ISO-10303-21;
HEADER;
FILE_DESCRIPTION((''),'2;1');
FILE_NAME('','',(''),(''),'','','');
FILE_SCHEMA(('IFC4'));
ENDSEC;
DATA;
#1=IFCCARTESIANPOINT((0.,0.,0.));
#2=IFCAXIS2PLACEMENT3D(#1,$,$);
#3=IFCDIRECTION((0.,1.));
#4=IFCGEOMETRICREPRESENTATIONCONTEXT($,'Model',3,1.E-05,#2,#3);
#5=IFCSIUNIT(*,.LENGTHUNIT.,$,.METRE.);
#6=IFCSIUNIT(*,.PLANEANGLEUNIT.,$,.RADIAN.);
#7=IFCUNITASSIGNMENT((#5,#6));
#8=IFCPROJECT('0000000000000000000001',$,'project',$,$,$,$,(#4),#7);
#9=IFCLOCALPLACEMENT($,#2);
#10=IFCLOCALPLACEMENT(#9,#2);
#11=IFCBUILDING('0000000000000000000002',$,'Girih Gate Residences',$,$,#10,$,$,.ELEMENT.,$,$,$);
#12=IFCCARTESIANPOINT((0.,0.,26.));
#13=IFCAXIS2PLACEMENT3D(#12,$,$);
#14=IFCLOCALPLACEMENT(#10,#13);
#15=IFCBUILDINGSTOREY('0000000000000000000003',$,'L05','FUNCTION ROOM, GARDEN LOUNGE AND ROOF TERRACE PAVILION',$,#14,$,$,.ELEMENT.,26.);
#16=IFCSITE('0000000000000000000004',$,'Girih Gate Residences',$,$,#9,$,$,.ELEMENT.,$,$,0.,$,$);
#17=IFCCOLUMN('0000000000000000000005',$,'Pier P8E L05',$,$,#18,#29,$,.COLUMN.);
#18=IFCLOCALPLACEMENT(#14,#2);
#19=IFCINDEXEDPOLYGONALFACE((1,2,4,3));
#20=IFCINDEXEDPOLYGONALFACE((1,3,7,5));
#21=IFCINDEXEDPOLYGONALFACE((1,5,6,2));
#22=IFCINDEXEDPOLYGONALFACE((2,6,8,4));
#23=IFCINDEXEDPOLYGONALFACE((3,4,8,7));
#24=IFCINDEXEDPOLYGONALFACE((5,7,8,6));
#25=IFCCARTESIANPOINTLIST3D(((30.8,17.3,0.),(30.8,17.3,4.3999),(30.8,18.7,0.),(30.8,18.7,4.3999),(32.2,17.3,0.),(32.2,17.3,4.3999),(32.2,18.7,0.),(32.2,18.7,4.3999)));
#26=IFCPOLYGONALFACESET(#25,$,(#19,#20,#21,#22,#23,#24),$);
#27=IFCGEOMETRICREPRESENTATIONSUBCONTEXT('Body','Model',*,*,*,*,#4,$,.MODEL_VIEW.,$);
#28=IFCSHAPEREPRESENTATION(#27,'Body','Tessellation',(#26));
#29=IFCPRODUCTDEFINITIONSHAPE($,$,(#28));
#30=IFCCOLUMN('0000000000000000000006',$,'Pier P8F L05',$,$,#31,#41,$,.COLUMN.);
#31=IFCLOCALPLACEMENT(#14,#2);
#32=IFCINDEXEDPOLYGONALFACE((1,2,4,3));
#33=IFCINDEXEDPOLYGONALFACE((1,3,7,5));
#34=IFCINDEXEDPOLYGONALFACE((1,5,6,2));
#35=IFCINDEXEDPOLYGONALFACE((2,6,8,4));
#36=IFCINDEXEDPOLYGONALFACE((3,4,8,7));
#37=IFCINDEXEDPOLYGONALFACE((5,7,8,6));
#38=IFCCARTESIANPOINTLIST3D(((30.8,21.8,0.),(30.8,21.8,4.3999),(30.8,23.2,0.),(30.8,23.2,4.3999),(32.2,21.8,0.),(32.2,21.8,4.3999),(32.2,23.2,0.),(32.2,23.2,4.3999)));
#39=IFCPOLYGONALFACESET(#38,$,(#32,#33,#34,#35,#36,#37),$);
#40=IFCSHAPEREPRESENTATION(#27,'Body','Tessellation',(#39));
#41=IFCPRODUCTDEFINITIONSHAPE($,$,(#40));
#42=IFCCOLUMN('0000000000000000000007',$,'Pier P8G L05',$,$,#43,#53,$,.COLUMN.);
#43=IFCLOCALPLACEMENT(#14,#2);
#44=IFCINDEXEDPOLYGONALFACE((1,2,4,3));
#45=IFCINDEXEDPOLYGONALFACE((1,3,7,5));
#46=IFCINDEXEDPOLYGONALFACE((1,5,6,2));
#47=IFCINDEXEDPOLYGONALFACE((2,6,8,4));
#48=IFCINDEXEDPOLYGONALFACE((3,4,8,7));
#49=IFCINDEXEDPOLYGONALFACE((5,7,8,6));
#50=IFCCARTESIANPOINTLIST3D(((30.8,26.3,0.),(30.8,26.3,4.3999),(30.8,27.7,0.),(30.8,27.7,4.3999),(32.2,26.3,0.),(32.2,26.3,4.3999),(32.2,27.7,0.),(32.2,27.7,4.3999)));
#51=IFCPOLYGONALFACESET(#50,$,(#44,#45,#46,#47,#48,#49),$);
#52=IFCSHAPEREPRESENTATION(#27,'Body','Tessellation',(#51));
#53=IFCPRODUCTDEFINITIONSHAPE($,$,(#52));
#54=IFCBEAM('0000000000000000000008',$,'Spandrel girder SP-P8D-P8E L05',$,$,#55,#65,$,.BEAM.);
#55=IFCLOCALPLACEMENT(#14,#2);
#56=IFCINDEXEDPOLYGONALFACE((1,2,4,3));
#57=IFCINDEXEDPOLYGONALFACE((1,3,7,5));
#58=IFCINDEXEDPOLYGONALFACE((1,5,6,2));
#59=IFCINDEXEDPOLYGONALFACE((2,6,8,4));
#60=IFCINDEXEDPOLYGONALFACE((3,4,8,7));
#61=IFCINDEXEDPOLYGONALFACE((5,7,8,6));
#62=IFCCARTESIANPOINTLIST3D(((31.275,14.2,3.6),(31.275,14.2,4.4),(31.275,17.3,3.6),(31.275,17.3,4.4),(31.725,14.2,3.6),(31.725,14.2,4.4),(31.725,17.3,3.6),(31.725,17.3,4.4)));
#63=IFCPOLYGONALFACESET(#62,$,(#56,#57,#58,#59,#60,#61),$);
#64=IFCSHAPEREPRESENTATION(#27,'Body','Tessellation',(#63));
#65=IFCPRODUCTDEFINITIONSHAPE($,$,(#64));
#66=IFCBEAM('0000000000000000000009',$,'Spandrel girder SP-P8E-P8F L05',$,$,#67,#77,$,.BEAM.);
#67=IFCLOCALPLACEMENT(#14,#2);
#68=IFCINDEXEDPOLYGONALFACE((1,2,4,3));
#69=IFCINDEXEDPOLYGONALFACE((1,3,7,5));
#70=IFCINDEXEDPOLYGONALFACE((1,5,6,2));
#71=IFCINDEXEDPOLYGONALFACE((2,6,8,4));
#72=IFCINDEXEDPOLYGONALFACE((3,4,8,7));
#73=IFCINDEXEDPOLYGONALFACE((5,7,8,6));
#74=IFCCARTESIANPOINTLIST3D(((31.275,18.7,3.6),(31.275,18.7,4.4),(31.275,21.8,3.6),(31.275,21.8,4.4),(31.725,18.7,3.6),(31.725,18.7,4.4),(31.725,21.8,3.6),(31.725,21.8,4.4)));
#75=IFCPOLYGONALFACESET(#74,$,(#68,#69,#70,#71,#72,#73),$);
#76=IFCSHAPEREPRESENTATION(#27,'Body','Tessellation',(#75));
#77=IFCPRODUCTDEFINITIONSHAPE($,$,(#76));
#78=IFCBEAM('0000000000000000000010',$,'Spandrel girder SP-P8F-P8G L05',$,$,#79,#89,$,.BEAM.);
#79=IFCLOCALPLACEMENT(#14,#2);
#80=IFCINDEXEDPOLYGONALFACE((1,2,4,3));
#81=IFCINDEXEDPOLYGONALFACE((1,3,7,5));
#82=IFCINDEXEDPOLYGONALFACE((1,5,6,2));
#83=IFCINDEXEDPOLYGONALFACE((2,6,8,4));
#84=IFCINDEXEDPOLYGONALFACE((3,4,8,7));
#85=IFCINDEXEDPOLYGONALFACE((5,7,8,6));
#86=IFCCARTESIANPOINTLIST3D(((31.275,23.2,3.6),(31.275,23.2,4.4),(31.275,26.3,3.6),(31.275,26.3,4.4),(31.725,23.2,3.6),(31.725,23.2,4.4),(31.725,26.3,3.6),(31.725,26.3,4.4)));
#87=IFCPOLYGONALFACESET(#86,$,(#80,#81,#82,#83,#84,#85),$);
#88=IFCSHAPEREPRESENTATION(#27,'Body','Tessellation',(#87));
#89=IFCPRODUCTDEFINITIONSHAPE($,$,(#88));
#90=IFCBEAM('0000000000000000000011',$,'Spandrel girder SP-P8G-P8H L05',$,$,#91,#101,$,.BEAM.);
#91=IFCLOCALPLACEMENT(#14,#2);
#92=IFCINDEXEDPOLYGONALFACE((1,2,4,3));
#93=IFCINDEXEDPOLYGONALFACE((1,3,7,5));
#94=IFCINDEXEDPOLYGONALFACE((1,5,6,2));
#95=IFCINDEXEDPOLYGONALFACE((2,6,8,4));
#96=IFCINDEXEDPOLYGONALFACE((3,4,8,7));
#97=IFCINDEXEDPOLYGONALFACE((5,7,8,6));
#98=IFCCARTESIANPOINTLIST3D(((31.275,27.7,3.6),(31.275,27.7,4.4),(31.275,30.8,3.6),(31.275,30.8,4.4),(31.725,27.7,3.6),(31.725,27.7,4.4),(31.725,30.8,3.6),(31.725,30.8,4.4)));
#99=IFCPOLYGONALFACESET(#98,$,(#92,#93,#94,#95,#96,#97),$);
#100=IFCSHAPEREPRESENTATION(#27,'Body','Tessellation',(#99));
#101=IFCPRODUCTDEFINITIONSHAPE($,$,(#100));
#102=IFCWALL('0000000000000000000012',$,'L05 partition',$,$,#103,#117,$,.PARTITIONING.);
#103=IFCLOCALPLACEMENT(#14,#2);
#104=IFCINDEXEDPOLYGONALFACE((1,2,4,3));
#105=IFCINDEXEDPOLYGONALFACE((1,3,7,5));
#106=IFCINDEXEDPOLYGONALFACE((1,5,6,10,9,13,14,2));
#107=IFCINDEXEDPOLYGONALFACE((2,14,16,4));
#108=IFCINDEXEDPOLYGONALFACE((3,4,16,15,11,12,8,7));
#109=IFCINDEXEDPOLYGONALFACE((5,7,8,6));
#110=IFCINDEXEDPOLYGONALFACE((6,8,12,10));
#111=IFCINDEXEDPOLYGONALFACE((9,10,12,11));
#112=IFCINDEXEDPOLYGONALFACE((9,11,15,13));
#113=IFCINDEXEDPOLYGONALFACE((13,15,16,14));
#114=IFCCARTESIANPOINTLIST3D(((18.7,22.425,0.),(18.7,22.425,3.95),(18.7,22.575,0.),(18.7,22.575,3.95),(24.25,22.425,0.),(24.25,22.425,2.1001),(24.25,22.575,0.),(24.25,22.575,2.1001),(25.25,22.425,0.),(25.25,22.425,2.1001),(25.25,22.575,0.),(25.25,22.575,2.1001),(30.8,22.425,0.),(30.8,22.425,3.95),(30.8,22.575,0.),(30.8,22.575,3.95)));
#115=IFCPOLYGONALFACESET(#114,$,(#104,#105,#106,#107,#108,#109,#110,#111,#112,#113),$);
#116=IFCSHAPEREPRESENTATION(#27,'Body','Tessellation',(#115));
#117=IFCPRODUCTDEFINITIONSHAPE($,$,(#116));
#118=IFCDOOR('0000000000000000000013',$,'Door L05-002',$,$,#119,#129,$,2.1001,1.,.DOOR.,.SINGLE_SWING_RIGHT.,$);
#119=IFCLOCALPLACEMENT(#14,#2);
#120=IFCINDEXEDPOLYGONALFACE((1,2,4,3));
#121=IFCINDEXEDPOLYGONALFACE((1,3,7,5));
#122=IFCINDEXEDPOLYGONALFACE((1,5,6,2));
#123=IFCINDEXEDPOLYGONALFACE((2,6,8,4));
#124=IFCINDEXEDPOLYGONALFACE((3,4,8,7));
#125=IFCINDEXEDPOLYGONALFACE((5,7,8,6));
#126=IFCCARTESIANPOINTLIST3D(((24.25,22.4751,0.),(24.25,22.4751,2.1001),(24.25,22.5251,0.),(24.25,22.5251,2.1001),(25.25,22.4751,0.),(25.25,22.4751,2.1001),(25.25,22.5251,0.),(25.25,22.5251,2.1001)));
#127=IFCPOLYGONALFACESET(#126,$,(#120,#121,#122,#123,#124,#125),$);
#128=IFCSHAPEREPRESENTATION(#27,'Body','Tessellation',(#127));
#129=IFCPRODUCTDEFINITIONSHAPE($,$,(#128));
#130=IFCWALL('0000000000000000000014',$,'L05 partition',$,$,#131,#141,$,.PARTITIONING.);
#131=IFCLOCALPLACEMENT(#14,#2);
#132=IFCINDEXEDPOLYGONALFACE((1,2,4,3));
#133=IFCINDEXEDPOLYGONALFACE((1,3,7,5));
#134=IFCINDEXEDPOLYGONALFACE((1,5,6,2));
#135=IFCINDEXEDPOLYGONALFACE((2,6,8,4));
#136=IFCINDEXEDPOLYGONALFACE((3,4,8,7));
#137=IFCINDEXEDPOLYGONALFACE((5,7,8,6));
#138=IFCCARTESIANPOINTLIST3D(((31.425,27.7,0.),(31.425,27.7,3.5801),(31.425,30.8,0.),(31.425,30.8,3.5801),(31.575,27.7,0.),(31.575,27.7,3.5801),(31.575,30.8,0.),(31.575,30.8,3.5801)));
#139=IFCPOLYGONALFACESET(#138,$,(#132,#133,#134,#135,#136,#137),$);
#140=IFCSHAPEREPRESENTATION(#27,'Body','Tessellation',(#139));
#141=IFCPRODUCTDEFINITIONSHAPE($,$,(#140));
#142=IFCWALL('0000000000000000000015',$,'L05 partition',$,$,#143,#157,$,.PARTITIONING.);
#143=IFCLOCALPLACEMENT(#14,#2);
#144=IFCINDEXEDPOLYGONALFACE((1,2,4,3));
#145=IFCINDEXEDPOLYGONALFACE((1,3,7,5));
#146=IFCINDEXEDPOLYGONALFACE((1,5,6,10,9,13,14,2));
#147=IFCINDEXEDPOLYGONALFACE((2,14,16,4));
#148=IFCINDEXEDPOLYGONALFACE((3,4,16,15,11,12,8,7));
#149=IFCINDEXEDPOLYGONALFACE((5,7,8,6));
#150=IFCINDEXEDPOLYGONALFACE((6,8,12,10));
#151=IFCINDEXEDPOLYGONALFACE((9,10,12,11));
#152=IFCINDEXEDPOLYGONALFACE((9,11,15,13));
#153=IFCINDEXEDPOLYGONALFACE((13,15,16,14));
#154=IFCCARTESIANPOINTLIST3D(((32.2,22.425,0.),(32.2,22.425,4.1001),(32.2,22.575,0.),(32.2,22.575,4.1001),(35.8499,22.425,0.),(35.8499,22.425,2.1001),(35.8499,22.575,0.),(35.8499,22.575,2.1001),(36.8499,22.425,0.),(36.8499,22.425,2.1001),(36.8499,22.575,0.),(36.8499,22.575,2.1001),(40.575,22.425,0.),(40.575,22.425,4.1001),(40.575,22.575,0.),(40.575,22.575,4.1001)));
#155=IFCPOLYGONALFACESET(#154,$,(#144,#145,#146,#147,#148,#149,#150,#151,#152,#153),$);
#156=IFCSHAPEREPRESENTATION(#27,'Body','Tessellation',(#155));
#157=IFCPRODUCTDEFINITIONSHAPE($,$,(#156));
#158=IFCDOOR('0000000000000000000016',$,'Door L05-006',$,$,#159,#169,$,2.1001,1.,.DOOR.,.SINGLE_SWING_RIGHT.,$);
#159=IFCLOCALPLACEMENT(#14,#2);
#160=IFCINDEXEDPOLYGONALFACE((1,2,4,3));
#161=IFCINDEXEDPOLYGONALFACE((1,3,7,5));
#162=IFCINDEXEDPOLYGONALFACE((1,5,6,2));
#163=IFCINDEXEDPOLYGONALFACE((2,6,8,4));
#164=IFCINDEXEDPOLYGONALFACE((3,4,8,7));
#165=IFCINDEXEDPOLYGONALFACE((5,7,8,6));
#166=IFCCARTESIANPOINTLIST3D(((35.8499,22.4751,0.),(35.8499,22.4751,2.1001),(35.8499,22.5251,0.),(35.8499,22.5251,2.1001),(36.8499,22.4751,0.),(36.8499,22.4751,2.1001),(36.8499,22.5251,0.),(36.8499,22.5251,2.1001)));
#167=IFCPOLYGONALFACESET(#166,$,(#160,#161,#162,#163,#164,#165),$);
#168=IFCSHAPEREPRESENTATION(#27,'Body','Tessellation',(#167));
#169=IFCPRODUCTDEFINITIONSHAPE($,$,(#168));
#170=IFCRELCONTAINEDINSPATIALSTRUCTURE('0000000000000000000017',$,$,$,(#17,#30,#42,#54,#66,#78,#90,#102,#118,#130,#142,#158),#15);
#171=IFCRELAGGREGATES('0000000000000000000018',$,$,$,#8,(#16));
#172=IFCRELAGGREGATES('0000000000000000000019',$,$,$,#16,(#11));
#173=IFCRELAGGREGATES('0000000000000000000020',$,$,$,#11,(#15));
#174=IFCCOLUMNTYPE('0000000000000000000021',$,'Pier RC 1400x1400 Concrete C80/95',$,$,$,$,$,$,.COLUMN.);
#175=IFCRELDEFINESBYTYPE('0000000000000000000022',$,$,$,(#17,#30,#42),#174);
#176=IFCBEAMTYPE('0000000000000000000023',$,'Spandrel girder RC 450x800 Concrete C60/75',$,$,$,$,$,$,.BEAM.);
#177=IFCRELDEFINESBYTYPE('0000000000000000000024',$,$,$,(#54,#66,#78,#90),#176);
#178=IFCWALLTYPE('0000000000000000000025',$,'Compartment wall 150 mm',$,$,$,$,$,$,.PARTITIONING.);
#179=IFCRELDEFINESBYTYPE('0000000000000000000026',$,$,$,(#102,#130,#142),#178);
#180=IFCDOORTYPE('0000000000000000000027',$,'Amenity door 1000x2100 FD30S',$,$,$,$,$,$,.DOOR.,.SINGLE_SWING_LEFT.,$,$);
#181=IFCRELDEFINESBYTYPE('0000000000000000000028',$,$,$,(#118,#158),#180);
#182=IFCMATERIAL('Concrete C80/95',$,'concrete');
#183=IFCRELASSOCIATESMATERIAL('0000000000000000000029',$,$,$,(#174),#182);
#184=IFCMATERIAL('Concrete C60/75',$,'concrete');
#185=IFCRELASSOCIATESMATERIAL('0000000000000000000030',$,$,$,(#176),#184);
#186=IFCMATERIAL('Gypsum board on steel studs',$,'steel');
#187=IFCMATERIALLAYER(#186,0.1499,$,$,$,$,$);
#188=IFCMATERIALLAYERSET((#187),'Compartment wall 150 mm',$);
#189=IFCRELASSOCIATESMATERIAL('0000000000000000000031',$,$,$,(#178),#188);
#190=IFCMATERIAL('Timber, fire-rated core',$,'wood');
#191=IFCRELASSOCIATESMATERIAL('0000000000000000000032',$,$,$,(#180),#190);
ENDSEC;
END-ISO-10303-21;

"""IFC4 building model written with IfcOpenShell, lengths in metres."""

from ifc_helpers import new_model, si_unit, direction, frame, frame_2d, origin, origin_2d, place, context, subcontext, project, spatial, rectangle, extrude, material, layer, layer_set, material_profile, profile_set, type_object, element, fill, save


model = new_model("IFC4")

# Units and contexts
model_context = context("Model", 3, precision=1e-05, world=origin(), true_north=direction((0.0, 1.0)))
body_context = subcontext(model_context, "Body", "Model", "MODEL_VIEW")
ifc_project = project(units=[si_unit("LENGTHUNIT", "METRE"), si_unit("PLANEANGLEUNIT", "RADIAN")], contexts=[model_context])

# Site, building, storey
site_placement = place(None, origin())
site = spatial("IfcSite", under=ifc_project, at=site_placement, Name="Girih Gate Residences", CompositionType="ELEMENT", RefElevation=0.0)
building_placement = place(site_placement, origin())
building = spatial("IfcBuilding", under=site, at=building_placement, Name="Girih Gate Residences", CompositionType="ELEMENT")
storey_placement = place(building_placement, frame((0.0, 0.0, 26.0)))
storey = spatial("IfcBuildingStorey", under=building, at=storey_placement, Name="L05", Description="FUNCTION ROOM, GARDEN LOUNGE AND ROOF TERRACE PAVILION", CompositionType="ELEMENT", Elevation=26.0)

# Columns
ifc_material_1 = material(Name="Concrete C80/95", Category="concrete")
ifc_material_profile_1 = material_profile(ifc_material_1, rectangle(XDim=1.3999, YDim=1.3999, at=origin_2d()))
ifc_profile_set_1 = profile_set([ifc_material_profile_1], Name="Concrete C80/95")
column_type = type_object("IfcColumnType", Name="Pier RC 1400x1400 Concrete C80/95", PredefinedType="COLUMN", material=ifc_profile_set_1)
for number, where, z_axis, x_axis, name in (
    (1, (31.5, 18.0, 0.0), (0.0, 0.0, 1.0), (1.0, 0.0, 0.0), "Pier P8E L05"),
    (2, (31.5, 22.5, 0.0), (0.0, 0.0, 1.0), (1.0, 0.0, 0.0), "Pier P8F L05"),
    (3, (31.5, 27.0, 0.0), (0.0, 0.0, 1.0), (1.0, 0.0, 0.0), "Pier P8G L05"),
):
    element("IfcColumn", number, at=place(storey_placement, frame(where, z_axis=z_axis, x_axis=x_axis)), inside=storey, type_object=column_type, Name=name, PredefinedType="COLUMN", context=body_context, shape_type="SweptSolid", body=[
        extrude(rectangle(XDim=1.3999, YDim=1.3999, at=origin_2d()), origin(), (0.0, 0.0, 1.0), 4.3999),
    ])

# Beams
ifc_material_2 = material(Name="Concrete C60/75", Category="concrete")
ifc_material_profile_2 = material_profile(ifc_material_2, rectangle(XDim=0.45, YDim=0.8, at=origin_2d()))
ifc_profile_set_2 = profile_set([ifc_material_profile_2], Name="Concrete C60/75")
beam_type = type_object("IfcBeamType", Name="Spandrel girder RC 450x800 Concrete C60/75", PredefinedType="BEAM", material=ifc_profile_set_2)
for number, where, z_axis, x_axis, name in (
    (4, (31.5, 14.2, 4.0), (0.0, 1.0, 0.0), (-1.0, 0.0, 0.0), "Spandrel girder SP-P8D-P8E L05"),
    (5, (31.5, 18.7, 4.0), (0.0, 1.0, 0.0), (-1.0, 0.0, 0.0), "Spandrel girder SP-P8E-P8F L05"),
    (6, (31.5, 23.2, 4.0), (0.0, 1.0, 0.0), (-1.0, 0.0, 0.0), "Spandrel girder SP-P8F-P8G L05"),
    (7, (31.5, 27.7, 4.0), (0.0, 1.0, 0.0), (-1.0, 0.0, 0.0), "Spandrel girder SP-P8G-P8H L05"),
):
    element("IfcBeam", number, at=place(storey_placement, frame(where, z_axis=z_axis, x_axis=x_axis)), inside=storey, type_object=beam_type, Name=name, PredefinedType="BEAM", context=body_context, shape_type="SweptSolid", body=[
        extrude(rectangle(XDim=0.45, YDim=0.8, at=origin_2d()), origin(), (0.0, 0.0, 1.0), 3.1001),
    ])

# Wall, opening, door
ifc_material_3 = material(Name="Gypsum board on steel studs", Category="steel")
ifc_layer_1 = layer(ifc_material_3, 0.1499)
ifc_layer_set_1 = layer_set([ifc_layer_1], Name="Compartment wall 150 mm")
wall_type_1 = type_object("IfcWallType", Name="Compartment wall 150 mm", PredefinedType="PARTITIONING", material=ifc_layer_set_1)
wall_1_placement = place(storey_placement, frame((30.8, 22.5, 0.0), z_axis=(0.0, 0.0, 1.0), x_axis=(-1.0, 0.0, 0.0)))
wall_1 = element("IfcWall", 8, at=wall_1_placement, inside=storey, type_object=wall_type_1, Name="L05 partition", PredefinedType="PARTITIONING", context=body_context, shape_type="SweptSolid", body=[
    extrude(rectangle(XDim=12.1001, YDim=0.1499, at=frame_2d((6.05, 0.0))), origin(), (0.0, 0.0, 1.0), 3.95),
])
opening_1_placement = place(wall_1_placement, frame((5.55, 0.0, 0.0)))
opening_1 = element("IfcOpeningElement", 9, at=opening_1_placement, cuts=wall_1, PredefinedType="OPENING", context=body_context, shape_type="SweptSolid", body=[
    extrude(rectangle(XDim=1.0, YDim=2.1001, at=frame_2d((0.5, 1.05))), frame((0.0, 0.085, 0.0), z_axis=(0.0, -1.0, 0.0), x_axis=(1.0, 0.0, 0.0)), (0.0, 0.0, 1.0), 0.1699),
])
ifc_material_4 = material(Name="Timber, fire-rated core", Category="wood")
door_type_1 = type_object("IfcDoorType", Name="Amenity door 1000x2100 FD30S", OperationType="SINGLE_SWING_LEFT", PredefinedType="DOOR", material=ifc_material_4)
door_1_placement = place(opening_1_placement, origin())
door_1 = element("IfcDoor", 10, at=door_1_placement, inside=storey, type_object=door_type_1, Name="Door L05-002", OperationType="SINGLE_SWING_RIGHT", OverallHeight=2.1001, OverallWidth=1.0, PredefinedType="DOOR", context=body_context, shape_type="SweptSolid", body=[
    extrude(rectangle(XDim=1.0, YDim=2.1001, at=frame_2d((0.5, 1.05))), frame((0.0, 0.0249, 0.0), z_axis=(0.0, -1.0, 0.0), x_axis=(1.0, 0.0, 0.0)), (0.0, 0.0, 1.0), 0.05),
])
fill(opening_1, door_1)

# Wall
wall_2_placement = place(storey_placement, frame((31.5, 27.7, 0.0), z_axis=(0.0, 0.0, 1.0), x_axis=(0.0, 1.0, 0.0)))
element("IfcWall", 11, at=wall_2_placement, inside=storey, type_object=wall_type_1, Name="L05 partition", PredefinedType="PARTITIONING", context=body_context, shape_type="SweptSolid", body=[
    extrude(rectangle(XDim=3.1001, YDim=0.1499, at=frame_2d((1.55, 0.0))), origin(), (0.0, 0.0, 1.0), 3.5801),
])

# Wall, opening, door
wall_3_placement = place(storey_placement, frame((40.575, 22.5, 0.0), z_axis=(0.0, 0.0, 1.0), x_axis=(-1.0, 0.0, 0.0)))
wall_3 = element("IfcWall", 12, at=wall_3_placement, inside=storey, type_object=wall_type_1, Name="L05 partition", PredefinedType="PARTITIONING", context=body_context, shape_type="SweptSolid", body=[
    extrude(rectangle(XDim=8.375, YDim=0.1499, at=frame_2d((4.1875, 0.0))), origin(), (0.0, 0.0, 1.0), 4.1001),
])
opening_2_placement = place(wall_3_placement, frame((3.7251, 0.0, 0.0)))
opening_2 = element("IfcOpeningElement", 13, at=opening_2_placement, cuts=wall_3, PredefinedType="OPENING", context=body_context, shape_type="SweptSolid", body=[
    extrude(rectangle(XDim=1.0, YDim=2.1001, at=frame_2d((0.5, 1.05))), frame((0.0, 0.085, 0.0), z_axis=(0.0, -1.0, 0.0), x_axis=(1.0, 0.0, 0.0)), (0.0, 0.0, 1.0), 0.1699),
])
door_2_placement = place(opening_2_placement, origin())
door_2 = element("IfcDoor", 14, at=door_2_placement, inside=storey, type_object=door_type_1, Name="Door L05-006", OperationType="SINGLE_SWING_RIGHT", OverallHeight=2.1001, OverallWidth=1.0, PredefinedType="DOOR", context=body_context, shape_type="SweptSolid", body=[
    extrude(rectangle(XDim=1.0, YDim=2.1001, at=frame_2d((0.5, 1.05))), frame((0.0, 0.0249, 0.0), z_axis=(0.0, -1.0, 0.0), x_axis=(1.0, 0.0, 0.0)), (0.0, 0.0, 1.0), 0.05),
])
fill(opening_2, door_2)

save(model, "model.ifc")
